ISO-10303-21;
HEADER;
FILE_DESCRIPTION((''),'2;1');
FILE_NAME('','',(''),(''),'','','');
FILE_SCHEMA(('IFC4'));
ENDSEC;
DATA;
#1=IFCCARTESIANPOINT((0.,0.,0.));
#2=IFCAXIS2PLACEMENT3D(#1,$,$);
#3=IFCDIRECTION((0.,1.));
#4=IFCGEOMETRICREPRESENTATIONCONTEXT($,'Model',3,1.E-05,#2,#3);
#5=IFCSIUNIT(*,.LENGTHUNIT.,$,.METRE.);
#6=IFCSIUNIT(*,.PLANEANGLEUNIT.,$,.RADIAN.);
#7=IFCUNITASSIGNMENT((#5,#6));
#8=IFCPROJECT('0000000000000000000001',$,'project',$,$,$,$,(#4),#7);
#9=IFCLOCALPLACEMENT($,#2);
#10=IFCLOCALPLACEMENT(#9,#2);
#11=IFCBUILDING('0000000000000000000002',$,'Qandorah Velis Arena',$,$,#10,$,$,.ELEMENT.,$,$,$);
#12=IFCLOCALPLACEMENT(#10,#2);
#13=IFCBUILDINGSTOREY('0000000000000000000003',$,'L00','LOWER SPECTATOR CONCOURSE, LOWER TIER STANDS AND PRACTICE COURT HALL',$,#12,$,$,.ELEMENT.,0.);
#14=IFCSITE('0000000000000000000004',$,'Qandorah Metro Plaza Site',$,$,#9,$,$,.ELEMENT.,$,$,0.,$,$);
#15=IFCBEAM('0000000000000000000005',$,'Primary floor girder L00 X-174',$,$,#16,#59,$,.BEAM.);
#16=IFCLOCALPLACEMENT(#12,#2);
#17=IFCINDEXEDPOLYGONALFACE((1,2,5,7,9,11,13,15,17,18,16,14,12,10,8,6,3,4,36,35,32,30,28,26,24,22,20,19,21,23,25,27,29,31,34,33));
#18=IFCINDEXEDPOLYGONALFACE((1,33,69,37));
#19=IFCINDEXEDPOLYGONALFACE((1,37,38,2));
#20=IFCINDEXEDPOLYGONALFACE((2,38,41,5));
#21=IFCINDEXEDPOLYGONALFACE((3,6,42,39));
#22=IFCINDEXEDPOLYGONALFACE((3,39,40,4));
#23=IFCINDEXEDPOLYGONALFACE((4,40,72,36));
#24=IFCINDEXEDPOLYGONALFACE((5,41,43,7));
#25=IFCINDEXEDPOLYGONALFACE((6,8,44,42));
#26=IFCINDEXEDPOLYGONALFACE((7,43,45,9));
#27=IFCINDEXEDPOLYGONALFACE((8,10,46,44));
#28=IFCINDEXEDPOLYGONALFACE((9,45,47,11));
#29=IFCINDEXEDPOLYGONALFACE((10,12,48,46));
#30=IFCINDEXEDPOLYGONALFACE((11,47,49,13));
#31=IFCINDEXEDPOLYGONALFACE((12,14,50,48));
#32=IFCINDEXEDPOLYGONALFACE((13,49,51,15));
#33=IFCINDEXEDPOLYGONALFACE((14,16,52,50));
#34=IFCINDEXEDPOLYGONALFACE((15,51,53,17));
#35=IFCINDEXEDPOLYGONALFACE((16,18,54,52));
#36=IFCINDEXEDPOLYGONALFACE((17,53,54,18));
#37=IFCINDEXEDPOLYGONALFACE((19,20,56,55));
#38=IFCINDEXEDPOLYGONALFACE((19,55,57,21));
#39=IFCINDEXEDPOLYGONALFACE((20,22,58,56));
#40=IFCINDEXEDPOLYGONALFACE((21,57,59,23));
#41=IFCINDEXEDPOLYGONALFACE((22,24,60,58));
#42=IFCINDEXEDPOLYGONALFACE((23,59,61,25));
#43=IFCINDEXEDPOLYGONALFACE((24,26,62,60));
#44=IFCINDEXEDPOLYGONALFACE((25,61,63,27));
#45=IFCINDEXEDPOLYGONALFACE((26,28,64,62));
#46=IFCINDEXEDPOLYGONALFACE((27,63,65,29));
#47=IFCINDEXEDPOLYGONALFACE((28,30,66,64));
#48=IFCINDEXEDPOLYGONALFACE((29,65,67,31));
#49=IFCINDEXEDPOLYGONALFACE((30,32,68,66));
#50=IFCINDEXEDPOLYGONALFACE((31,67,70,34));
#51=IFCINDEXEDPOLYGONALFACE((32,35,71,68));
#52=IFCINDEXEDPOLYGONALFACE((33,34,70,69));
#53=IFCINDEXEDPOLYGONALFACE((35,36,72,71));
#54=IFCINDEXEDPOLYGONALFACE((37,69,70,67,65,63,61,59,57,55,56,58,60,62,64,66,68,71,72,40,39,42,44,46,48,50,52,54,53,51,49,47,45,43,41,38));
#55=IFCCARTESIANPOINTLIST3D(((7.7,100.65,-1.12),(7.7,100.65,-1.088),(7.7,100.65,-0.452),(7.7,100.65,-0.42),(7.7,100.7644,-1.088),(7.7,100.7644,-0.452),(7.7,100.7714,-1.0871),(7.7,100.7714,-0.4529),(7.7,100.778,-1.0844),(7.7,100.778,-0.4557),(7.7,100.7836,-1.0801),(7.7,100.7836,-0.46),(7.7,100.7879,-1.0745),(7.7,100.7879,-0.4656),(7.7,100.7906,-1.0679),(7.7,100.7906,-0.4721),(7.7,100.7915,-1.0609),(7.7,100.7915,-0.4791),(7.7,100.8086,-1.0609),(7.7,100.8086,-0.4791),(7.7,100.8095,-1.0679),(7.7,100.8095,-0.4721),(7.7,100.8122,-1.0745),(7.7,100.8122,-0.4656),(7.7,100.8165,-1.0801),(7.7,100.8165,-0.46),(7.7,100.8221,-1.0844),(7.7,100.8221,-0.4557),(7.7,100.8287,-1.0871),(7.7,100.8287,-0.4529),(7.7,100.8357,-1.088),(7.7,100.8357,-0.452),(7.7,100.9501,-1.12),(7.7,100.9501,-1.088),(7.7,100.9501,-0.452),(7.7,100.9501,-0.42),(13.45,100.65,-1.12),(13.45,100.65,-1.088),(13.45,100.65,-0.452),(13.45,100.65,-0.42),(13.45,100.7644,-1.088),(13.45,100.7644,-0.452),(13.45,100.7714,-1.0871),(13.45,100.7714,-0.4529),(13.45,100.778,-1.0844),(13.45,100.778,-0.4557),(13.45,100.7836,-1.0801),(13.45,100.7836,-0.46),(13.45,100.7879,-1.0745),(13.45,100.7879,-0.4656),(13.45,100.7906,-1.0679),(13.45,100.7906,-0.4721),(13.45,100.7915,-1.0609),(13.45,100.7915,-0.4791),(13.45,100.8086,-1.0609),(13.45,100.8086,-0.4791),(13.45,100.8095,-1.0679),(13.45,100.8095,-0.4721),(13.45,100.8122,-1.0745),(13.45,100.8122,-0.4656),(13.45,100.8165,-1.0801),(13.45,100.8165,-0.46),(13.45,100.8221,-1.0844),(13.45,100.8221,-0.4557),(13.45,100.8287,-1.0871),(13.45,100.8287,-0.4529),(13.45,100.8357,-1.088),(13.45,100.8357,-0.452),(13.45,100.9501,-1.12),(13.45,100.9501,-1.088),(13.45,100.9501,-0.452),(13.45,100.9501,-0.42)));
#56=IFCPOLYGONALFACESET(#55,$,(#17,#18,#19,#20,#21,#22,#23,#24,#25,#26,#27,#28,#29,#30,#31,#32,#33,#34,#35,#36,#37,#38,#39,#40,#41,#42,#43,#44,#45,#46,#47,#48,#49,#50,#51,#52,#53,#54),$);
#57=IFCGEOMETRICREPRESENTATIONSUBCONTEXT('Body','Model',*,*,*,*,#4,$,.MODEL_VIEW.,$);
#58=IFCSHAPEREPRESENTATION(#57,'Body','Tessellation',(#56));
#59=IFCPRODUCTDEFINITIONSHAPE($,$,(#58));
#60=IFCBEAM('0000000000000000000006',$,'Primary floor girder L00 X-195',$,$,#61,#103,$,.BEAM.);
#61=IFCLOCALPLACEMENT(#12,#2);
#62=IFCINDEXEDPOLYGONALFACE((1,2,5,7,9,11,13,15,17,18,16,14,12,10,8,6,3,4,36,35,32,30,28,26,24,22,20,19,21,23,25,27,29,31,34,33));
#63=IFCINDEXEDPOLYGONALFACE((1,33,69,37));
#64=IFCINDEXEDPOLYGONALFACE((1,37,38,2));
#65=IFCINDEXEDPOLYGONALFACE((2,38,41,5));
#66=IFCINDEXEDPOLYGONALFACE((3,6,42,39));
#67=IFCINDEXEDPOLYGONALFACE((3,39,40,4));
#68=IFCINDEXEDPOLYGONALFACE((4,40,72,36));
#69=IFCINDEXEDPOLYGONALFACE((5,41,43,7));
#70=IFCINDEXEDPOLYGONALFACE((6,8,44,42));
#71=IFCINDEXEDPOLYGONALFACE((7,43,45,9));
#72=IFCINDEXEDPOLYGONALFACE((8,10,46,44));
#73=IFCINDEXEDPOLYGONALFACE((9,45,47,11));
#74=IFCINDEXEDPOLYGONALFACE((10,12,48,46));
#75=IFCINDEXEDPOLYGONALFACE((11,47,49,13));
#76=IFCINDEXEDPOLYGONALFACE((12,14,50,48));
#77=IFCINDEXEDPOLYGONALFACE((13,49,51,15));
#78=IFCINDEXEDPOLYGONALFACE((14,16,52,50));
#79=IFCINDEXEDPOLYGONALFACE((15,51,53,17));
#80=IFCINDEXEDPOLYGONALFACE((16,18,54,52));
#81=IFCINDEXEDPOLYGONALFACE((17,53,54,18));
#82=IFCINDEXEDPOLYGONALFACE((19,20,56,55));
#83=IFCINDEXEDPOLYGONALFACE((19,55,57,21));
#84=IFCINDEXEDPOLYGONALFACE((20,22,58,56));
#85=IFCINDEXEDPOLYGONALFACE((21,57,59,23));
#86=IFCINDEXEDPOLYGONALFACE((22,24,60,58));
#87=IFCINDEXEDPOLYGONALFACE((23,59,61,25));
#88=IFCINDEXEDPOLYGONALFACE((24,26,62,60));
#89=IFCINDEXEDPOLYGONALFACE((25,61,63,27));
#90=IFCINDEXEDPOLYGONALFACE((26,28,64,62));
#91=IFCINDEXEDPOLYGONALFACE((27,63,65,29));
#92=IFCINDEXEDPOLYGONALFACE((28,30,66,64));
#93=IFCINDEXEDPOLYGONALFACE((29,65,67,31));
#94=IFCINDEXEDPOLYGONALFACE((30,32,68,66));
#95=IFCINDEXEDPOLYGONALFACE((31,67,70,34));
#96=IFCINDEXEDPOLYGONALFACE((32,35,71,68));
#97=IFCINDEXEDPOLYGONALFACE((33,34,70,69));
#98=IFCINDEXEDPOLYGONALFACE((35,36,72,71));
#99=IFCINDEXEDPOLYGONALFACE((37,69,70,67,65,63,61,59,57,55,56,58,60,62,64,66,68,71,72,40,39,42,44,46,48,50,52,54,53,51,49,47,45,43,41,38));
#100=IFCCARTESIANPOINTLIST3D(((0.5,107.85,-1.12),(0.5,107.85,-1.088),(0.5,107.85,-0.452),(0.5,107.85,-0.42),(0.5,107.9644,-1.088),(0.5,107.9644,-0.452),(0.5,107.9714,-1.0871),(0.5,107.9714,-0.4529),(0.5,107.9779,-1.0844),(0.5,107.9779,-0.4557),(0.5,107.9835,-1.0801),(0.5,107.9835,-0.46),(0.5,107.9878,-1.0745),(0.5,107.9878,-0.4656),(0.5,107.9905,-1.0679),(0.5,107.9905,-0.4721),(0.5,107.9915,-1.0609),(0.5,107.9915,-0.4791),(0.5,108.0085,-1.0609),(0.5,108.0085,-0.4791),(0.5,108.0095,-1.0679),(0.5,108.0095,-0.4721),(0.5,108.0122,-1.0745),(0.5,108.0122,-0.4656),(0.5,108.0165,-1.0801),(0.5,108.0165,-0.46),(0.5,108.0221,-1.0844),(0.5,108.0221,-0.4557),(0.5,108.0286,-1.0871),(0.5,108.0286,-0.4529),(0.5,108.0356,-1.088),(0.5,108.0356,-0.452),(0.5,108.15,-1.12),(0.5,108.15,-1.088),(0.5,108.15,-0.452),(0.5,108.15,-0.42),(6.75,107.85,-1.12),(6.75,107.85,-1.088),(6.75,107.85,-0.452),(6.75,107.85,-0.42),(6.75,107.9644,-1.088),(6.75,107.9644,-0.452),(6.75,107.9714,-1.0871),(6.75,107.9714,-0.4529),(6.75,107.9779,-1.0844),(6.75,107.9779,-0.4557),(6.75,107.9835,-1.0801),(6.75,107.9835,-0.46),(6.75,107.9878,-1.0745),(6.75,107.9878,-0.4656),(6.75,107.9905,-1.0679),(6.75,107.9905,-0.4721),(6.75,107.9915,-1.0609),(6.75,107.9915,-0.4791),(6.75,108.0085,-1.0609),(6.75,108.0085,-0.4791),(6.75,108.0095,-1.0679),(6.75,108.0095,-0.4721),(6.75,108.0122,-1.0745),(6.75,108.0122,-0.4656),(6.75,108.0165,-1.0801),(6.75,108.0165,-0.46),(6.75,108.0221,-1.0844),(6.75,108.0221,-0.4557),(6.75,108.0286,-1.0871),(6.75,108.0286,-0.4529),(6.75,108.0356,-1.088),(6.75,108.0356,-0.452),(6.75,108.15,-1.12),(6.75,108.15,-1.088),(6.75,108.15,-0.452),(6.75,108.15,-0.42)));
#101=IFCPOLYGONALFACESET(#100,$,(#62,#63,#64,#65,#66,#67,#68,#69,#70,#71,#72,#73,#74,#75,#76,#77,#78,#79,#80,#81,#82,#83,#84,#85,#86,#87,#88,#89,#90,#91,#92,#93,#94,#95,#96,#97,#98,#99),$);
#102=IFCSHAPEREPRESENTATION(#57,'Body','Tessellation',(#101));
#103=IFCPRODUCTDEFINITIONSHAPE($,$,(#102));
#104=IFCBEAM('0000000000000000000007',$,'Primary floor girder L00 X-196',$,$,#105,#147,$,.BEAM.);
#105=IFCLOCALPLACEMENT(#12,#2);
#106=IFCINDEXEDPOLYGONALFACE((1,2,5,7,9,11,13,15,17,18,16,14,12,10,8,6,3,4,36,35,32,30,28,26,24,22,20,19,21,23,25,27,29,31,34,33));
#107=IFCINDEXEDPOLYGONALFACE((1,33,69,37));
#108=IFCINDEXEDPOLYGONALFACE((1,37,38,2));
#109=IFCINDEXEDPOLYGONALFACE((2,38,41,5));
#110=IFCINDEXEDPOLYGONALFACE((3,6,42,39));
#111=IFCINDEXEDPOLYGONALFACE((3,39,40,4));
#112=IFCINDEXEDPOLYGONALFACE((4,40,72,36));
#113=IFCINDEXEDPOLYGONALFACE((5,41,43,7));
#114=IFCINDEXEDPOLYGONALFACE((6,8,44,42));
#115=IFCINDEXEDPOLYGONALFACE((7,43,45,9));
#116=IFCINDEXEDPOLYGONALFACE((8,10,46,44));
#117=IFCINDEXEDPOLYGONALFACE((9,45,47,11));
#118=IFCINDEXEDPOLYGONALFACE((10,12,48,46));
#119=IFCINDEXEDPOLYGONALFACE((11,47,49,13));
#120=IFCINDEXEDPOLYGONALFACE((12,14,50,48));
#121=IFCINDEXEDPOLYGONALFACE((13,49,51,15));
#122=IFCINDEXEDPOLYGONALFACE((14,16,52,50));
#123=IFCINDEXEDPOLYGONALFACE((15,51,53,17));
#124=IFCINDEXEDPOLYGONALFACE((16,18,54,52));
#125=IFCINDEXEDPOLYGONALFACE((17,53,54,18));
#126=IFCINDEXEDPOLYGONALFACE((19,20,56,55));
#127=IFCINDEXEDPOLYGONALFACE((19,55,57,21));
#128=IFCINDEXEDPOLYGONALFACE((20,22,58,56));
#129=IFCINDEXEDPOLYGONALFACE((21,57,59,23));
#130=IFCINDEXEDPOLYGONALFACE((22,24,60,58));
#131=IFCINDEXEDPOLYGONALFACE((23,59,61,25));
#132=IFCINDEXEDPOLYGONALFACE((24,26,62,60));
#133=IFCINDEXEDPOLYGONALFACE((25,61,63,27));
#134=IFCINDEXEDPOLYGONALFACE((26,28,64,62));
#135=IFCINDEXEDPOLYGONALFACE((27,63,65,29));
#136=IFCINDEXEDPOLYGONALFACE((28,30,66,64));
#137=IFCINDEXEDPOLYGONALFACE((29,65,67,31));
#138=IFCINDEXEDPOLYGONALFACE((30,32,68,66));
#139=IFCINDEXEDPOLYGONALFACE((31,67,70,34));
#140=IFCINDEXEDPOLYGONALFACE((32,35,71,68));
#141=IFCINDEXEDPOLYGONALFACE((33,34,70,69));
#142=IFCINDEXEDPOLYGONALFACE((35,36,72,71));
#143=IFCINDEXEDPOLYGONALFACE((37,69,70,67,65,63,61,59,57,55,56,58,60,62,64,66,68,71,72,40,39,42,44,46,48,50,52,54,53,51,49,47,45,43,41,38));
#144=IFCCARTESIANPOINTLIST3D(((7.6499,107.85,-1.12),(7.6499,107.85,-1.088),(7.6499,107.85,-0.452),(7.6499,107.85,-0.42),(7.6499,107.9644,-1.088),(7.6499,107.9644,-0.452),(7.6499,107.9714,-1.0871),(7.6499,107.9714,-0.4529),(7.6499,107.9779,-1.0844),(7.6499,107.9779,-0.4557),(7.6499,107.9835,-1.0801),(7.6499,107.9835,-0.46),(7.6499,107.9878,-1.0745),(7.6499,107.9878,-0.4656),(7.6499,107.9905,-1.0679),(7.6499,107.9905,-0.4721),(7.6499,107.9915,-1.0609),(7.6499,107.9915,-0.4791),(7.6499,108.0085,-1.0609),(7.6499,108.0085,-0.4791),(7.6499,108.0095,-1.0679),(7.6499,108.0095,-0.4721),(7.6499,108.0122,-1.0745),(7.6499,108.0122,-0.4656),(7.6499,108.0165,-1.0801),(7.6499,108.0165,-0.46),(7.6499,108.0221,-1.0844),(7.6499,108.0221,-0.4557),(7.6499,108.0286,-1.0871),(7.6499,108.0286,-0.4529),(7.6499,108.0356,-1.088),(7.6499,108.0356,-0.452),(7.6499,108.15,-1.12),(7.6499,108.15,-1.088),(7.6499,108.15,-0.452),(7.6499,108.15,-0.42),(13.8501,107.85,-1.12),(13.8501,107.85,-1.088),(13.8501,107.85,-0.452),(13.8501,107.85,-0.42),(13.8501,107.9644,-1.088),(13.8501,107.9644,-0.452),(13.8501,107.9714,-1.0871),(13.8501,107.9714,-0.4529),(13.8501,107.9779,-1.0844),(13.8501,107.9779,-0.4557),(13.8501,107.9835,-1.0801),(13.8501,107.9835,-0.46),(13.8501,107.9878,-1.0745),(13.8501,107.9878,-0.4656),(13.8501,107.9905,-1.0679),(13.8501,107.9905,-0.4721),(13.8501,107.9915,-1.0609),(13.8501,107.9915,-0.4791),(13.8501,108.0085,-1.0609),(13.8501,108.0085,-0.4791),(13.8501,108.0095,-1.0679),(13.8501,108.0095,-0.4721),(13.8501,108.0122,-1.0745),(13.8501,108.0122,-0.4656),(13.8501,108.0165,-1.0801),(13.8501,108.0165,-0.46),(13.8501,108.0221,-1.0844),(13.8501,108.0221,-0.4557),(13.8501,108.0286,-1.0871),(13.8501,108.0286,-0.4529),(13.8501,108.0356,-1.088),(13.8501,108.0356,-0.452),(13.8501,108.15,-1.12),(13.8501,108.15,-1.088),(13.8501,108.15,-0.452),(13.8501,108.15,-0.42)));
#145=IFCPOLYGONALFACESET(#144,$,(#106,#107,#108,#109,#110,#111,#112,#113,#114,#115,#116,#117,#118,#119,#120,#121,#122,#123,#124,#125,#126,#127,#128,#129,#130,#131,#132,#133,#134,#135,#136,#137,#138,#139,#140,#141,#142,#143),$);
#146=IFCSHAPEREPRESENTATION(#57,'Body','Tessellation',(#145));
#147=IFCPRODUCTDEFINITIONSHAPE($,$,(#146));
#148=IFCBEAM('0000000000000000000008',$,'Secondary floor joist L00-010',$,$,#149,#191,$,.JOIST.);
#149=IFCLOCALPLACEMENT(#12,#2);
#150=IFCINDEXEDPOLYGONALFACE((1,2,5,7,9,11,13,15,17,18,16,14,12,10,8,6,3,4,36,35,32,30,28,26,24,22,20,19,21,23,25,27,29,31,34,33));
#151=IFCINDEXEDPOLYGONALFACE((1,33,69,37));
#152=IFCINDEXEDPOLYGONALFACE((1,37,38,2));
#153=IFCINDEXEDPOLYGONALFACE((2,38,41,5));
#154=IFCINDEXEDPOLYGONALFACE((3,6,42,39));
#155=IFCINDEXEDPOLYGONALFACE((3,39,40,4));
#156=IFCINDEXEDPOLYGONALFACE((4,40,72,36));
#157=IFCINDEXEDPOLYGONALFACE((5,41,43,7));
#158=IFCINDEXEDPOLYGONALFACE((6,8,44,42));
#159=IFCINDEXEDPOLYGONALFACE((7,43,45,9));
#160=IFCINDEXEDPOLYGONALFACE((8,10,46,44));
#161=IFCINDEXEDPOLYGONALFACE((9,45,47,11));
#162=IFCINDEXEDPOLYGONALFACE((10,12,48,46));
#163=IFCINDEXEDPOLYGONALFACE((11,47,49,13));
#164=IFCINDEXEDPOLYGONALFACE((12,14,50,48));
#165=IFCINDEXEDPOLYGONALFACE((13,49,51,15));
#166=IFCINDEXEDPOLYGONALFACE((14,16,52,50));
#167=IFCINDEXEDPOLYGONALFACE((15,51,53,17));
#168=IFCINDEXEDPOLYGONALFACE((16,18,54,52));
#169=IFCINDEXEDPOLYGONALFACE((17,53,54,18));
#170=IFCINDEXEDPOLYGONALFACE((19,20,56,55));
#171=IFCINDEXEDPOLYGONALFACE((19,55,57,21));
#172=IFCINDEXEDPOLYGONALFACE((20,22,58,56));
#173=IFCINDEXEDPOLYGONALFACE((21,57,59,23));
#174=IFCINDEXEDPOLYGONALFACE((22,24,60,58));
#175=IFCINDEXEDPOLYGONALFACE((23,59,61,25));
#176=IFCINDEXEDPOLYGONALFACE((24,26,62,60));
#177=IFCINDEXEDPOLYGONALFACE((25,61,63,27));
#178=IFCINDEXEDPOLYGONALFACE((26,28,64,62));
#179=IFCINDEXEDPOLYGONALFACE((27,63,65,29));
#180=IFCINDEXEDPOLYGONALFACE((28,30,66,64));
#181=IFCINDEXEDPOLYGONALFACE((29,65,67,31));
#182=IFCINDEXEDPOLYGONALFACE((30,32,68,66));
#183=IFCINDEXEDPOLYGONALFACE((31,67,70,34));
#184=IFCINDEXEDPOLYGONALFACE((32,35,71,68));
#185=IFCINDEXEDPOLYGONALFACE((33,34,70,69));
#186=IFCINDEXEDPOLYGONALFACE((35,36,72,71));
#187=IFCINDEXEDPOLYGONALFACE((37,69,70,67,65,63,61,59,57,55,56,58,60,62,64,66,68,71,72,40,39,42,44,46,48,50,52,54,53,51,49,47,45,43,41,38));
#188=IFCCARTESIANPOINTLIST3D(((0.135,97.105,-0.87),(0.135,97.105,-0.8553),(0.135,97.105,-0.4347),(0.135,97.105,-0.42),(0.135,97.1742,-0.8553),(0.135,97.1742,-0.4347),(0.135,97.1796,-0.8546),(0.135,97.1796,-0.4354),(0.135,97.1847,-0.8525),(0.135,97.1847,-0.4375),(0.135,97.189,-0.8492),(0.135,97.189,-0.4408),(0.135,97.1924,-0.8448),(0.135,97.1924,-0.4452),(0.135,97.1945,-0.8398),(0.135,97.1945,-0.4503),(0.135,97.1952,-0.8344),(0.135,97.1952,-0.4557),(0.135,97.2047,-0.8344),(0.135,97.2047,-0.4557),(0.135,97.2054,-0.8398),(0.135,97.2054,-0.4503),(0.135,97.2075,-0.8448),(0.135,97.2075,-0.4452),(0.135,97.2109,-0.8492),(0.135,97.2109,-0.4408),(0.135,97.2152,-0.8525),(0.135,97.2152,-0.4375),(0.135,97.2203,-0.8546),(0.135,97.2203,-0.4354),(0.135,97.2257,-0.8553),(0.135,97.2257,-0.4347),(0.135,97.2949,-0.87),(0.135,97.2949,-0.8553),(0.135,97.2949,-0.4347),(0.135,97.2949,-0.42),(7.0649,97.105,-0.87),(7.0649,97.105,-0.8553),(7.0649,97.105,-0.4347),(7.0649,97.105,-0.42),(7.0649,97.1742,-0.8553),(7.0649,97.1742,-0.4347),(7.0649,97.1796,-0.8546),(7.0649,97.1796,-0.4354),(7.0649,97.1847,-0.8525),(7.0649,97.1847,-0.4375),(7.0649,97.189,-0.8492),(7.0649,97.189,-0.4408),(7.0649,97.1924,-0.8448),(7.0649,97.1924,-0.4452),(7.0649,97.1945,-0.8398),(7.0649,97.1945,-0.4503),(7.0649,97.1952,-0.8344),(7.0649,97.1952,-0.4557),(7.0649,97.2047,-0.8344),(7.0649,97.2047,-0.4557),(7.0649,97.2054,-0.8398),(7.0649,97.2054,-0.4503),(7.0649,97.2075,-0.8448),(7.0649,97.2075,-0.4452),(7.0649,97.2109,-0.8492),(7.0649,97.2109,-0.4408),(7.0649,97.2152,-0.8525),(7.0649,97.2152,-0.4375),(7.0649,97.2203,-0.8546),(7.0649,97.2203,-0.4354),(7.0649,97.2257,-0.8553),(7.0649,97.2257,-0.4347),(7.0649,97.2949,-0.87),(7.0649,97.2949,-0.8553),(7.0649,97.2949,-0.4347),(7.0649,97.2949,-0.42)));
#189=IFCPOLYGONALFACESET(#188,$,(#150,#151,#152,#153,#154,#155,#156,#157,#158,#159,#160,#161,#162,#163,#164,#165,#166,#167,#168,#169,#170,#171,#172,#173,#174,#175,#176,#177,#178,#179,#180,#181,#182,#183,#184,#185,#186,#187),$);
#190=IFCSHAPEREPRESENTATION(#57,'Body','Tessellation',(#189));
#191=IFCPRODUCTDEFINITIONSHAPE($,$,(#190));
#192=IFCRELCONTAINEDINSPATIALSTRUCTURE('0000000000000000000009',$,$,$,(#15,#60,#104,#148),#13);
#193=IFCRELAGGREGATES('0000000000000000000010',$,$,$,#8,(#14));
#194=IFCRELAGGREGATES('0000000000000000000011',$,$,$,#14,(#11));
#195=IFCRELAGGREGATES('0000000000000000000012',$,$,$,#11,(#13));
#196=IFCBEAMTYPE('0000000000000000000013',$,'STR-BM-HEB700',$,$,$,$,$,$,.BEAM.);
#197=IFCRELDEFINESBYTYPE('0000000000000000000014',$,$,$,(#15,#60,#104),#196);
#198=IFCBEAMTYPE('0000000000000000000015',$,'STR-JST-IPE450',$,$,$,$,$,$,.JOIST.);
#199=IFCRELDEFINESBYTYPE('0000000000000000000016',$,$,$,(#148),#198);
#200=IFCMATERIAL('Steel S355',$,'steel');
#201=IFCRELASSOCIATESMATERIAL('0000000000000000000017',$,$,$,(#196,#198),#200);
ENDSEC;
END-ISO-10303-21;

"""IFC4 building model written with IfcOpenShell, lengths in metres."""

from ifc_helpers import new_model, si_unit, direction, frame, origin, origin_2d, place, context, subcontext, project, spatial, i_section, extrude, material, material_profile, profile_set, type_object, element, save


model = new_model("IFC4")

# Units and contexts
model_context = context("Model", 3, precision=1e-05, world=origin(), true_north=direction((0.0, 1.0)))
body_context = subcontext(model_context, "Body", "Model", "MODEL_VIEW")
ifc_project = project(units=[si_unit("LENGTHUNIT", "METRE"), si_unit("PLANEANGLEUNIT", "RADIAN")], contexts=[model_context])

# Site, building, storey
site_placement = place(None, origin())
site = spatial("IfcSite", under=ifc_project, at=site_placement, Name="Qandorah Metro Plaza Site", CompositionType="ELEMENT", RefElevation=0.0)
building_placement = place(site_placement, origin())
building = spatial("IfcBuilding", under=site, at=building_placement, Name="Qandorah Velis Arena", CompositionType="ELEMENT")
storey_placement = place(building_placement, origin())
storey = spatial("IfcBuildingStorey", under=building, at=storey_placement, Name="L00", Description="LOWER SPECTATOR CONCOURSE, LOWER TIER STANDS AND PRACTICE COURT HALL", CompositionType="ELEMENT", Elevation=0.0)

# Beams
ifc_material_1 = material(Name="Steel S355", Category="steel")
ifc_material_profile_1 = material_profile(ifc_material_1, i_section(OverallWidth=0.3, OverallDepth=0.7, WebThickness=0.0171, FlangeThickness=0.032, FilletRadius=0.0271, at=origin_2d()), Name="HEB 700")
ifc_profile_set_1 = profile_set([ifc_material_profile_1], Name="Steel S355")
beam_type_1 = type_object("IfcBeamType", Name="STR-BM-HEB700", PredefinedType="BEAM", material=ifc_profile_set_1)
beam_1_placement = place(storey_placement, frame((7.7, 100.8, -0.77), z_axis=(1.0, 0.0, 0.0), x_axis=(0.0, 1.0, 0.0)))
element("IfcBeam", 1, at=beam_1_placement, inside=storey, type_object=beam_type_1, Name="Primary floor girder L00 X-174", PredefinedType="BEAM", context=body_context, shape_type="SweptSolid", body=[
    extrude(i_section(OverallWidth=0.3, OverallDepth=0.7, WebThickness=0.0171, FlangeThickness=0.032, FilletRadius=0.0271, at=origin_2d()), origin(), (0.0, 0.0, 1.0), 5.75),
])
beam_2_placement = place(storey_placement, frame((0.5, 108.0, -0.77), z_axis=(1.0, 0.0, 0.0), x_axis=(0.0, 1.0, 0.0)))
element("IfcBeam", 2, at=beam_2_placement, inside=storey, type_object=beam_type_1, Name="Primary floor girder L00 X-195", PredefinedType="BEAM", context=body_context, shape_type="SweptSolid", body=[
    extrude(i_section(OverallWidth=0.3, OverallDepth=0.7, WebThickness=0.0171, FlangeThickness=0.032, FilletRadius=0.0271, at=origin_2d()), origin(), (0.0, 0.0, 1.0), 6.25),
])
beam_3_placement = place(storey_placement, frame((7.6499, 108.0, -0.77), z_axis=(1.0, 0.0, 0.0), x_axis=(0.0, 1.0, 0.0)))
element("IfcBeam", 3, at=beam_3_placement, inside=storey, type_object=beam_type_1, Name="Primary floor girder L00 X-196", PredefinedType="BEAM", context=body_context, shape_type="SweptSolid", body=[
    extrude(i_section(OverallWidth=0.3, OverallDepth=0.7, WebThickness=0.0171, FlangeThickness=0.032, FilletRadius=0.0271, at=origin_2d()), origin(), (0.0, 0.0, 1.0), 6.2002),
])
ifc_material_profile_2 = material_profile(ifc_material_1, i_section(OverallWidth=0.1899, OverallDepth=0.45, WebThickness=0.0095, FlangeThickness=0.0146, FilletRadius=0.021, at=origin_2d()), Name="IPE 450")
ifc_profile_set_2 = profile_set([ifc_material_profile_2], Name="Steel S355")
beam_type_2 = type_object("IfcBeamType", Name="STR-JST-IPE450", PredefinedType="JOIST", material=ifc_profile_set_2)
for number, where, z_axis, x_axis, name in (
    (4, (0.135, 97.2, -0.645), (1.0, 0.0, 0.0), (0.0, 1.0, 0.0), "Secondary floor joist L00-010"),
):
    element("IfcBeam", number, at=place(storey_placement, frame(where, z_axis=z_axis, x_axis=x_axis)), inside=storey, type_object=beam_type_2, Name=name, PredefinedType="JOIST", context=body_context, shape_type="SweptSolid", body=[
        extrude(i_section(OverallWidth=0.1899, OverallDepth=0.45, WebThickness=0.0095, FlangeThickness=0.0146, FilletRadius=0.021, at=origin_2d()), origin(), (0.0, 0.0, 1.0), 6.9299),
    ])

save(model, "model.ifc")
